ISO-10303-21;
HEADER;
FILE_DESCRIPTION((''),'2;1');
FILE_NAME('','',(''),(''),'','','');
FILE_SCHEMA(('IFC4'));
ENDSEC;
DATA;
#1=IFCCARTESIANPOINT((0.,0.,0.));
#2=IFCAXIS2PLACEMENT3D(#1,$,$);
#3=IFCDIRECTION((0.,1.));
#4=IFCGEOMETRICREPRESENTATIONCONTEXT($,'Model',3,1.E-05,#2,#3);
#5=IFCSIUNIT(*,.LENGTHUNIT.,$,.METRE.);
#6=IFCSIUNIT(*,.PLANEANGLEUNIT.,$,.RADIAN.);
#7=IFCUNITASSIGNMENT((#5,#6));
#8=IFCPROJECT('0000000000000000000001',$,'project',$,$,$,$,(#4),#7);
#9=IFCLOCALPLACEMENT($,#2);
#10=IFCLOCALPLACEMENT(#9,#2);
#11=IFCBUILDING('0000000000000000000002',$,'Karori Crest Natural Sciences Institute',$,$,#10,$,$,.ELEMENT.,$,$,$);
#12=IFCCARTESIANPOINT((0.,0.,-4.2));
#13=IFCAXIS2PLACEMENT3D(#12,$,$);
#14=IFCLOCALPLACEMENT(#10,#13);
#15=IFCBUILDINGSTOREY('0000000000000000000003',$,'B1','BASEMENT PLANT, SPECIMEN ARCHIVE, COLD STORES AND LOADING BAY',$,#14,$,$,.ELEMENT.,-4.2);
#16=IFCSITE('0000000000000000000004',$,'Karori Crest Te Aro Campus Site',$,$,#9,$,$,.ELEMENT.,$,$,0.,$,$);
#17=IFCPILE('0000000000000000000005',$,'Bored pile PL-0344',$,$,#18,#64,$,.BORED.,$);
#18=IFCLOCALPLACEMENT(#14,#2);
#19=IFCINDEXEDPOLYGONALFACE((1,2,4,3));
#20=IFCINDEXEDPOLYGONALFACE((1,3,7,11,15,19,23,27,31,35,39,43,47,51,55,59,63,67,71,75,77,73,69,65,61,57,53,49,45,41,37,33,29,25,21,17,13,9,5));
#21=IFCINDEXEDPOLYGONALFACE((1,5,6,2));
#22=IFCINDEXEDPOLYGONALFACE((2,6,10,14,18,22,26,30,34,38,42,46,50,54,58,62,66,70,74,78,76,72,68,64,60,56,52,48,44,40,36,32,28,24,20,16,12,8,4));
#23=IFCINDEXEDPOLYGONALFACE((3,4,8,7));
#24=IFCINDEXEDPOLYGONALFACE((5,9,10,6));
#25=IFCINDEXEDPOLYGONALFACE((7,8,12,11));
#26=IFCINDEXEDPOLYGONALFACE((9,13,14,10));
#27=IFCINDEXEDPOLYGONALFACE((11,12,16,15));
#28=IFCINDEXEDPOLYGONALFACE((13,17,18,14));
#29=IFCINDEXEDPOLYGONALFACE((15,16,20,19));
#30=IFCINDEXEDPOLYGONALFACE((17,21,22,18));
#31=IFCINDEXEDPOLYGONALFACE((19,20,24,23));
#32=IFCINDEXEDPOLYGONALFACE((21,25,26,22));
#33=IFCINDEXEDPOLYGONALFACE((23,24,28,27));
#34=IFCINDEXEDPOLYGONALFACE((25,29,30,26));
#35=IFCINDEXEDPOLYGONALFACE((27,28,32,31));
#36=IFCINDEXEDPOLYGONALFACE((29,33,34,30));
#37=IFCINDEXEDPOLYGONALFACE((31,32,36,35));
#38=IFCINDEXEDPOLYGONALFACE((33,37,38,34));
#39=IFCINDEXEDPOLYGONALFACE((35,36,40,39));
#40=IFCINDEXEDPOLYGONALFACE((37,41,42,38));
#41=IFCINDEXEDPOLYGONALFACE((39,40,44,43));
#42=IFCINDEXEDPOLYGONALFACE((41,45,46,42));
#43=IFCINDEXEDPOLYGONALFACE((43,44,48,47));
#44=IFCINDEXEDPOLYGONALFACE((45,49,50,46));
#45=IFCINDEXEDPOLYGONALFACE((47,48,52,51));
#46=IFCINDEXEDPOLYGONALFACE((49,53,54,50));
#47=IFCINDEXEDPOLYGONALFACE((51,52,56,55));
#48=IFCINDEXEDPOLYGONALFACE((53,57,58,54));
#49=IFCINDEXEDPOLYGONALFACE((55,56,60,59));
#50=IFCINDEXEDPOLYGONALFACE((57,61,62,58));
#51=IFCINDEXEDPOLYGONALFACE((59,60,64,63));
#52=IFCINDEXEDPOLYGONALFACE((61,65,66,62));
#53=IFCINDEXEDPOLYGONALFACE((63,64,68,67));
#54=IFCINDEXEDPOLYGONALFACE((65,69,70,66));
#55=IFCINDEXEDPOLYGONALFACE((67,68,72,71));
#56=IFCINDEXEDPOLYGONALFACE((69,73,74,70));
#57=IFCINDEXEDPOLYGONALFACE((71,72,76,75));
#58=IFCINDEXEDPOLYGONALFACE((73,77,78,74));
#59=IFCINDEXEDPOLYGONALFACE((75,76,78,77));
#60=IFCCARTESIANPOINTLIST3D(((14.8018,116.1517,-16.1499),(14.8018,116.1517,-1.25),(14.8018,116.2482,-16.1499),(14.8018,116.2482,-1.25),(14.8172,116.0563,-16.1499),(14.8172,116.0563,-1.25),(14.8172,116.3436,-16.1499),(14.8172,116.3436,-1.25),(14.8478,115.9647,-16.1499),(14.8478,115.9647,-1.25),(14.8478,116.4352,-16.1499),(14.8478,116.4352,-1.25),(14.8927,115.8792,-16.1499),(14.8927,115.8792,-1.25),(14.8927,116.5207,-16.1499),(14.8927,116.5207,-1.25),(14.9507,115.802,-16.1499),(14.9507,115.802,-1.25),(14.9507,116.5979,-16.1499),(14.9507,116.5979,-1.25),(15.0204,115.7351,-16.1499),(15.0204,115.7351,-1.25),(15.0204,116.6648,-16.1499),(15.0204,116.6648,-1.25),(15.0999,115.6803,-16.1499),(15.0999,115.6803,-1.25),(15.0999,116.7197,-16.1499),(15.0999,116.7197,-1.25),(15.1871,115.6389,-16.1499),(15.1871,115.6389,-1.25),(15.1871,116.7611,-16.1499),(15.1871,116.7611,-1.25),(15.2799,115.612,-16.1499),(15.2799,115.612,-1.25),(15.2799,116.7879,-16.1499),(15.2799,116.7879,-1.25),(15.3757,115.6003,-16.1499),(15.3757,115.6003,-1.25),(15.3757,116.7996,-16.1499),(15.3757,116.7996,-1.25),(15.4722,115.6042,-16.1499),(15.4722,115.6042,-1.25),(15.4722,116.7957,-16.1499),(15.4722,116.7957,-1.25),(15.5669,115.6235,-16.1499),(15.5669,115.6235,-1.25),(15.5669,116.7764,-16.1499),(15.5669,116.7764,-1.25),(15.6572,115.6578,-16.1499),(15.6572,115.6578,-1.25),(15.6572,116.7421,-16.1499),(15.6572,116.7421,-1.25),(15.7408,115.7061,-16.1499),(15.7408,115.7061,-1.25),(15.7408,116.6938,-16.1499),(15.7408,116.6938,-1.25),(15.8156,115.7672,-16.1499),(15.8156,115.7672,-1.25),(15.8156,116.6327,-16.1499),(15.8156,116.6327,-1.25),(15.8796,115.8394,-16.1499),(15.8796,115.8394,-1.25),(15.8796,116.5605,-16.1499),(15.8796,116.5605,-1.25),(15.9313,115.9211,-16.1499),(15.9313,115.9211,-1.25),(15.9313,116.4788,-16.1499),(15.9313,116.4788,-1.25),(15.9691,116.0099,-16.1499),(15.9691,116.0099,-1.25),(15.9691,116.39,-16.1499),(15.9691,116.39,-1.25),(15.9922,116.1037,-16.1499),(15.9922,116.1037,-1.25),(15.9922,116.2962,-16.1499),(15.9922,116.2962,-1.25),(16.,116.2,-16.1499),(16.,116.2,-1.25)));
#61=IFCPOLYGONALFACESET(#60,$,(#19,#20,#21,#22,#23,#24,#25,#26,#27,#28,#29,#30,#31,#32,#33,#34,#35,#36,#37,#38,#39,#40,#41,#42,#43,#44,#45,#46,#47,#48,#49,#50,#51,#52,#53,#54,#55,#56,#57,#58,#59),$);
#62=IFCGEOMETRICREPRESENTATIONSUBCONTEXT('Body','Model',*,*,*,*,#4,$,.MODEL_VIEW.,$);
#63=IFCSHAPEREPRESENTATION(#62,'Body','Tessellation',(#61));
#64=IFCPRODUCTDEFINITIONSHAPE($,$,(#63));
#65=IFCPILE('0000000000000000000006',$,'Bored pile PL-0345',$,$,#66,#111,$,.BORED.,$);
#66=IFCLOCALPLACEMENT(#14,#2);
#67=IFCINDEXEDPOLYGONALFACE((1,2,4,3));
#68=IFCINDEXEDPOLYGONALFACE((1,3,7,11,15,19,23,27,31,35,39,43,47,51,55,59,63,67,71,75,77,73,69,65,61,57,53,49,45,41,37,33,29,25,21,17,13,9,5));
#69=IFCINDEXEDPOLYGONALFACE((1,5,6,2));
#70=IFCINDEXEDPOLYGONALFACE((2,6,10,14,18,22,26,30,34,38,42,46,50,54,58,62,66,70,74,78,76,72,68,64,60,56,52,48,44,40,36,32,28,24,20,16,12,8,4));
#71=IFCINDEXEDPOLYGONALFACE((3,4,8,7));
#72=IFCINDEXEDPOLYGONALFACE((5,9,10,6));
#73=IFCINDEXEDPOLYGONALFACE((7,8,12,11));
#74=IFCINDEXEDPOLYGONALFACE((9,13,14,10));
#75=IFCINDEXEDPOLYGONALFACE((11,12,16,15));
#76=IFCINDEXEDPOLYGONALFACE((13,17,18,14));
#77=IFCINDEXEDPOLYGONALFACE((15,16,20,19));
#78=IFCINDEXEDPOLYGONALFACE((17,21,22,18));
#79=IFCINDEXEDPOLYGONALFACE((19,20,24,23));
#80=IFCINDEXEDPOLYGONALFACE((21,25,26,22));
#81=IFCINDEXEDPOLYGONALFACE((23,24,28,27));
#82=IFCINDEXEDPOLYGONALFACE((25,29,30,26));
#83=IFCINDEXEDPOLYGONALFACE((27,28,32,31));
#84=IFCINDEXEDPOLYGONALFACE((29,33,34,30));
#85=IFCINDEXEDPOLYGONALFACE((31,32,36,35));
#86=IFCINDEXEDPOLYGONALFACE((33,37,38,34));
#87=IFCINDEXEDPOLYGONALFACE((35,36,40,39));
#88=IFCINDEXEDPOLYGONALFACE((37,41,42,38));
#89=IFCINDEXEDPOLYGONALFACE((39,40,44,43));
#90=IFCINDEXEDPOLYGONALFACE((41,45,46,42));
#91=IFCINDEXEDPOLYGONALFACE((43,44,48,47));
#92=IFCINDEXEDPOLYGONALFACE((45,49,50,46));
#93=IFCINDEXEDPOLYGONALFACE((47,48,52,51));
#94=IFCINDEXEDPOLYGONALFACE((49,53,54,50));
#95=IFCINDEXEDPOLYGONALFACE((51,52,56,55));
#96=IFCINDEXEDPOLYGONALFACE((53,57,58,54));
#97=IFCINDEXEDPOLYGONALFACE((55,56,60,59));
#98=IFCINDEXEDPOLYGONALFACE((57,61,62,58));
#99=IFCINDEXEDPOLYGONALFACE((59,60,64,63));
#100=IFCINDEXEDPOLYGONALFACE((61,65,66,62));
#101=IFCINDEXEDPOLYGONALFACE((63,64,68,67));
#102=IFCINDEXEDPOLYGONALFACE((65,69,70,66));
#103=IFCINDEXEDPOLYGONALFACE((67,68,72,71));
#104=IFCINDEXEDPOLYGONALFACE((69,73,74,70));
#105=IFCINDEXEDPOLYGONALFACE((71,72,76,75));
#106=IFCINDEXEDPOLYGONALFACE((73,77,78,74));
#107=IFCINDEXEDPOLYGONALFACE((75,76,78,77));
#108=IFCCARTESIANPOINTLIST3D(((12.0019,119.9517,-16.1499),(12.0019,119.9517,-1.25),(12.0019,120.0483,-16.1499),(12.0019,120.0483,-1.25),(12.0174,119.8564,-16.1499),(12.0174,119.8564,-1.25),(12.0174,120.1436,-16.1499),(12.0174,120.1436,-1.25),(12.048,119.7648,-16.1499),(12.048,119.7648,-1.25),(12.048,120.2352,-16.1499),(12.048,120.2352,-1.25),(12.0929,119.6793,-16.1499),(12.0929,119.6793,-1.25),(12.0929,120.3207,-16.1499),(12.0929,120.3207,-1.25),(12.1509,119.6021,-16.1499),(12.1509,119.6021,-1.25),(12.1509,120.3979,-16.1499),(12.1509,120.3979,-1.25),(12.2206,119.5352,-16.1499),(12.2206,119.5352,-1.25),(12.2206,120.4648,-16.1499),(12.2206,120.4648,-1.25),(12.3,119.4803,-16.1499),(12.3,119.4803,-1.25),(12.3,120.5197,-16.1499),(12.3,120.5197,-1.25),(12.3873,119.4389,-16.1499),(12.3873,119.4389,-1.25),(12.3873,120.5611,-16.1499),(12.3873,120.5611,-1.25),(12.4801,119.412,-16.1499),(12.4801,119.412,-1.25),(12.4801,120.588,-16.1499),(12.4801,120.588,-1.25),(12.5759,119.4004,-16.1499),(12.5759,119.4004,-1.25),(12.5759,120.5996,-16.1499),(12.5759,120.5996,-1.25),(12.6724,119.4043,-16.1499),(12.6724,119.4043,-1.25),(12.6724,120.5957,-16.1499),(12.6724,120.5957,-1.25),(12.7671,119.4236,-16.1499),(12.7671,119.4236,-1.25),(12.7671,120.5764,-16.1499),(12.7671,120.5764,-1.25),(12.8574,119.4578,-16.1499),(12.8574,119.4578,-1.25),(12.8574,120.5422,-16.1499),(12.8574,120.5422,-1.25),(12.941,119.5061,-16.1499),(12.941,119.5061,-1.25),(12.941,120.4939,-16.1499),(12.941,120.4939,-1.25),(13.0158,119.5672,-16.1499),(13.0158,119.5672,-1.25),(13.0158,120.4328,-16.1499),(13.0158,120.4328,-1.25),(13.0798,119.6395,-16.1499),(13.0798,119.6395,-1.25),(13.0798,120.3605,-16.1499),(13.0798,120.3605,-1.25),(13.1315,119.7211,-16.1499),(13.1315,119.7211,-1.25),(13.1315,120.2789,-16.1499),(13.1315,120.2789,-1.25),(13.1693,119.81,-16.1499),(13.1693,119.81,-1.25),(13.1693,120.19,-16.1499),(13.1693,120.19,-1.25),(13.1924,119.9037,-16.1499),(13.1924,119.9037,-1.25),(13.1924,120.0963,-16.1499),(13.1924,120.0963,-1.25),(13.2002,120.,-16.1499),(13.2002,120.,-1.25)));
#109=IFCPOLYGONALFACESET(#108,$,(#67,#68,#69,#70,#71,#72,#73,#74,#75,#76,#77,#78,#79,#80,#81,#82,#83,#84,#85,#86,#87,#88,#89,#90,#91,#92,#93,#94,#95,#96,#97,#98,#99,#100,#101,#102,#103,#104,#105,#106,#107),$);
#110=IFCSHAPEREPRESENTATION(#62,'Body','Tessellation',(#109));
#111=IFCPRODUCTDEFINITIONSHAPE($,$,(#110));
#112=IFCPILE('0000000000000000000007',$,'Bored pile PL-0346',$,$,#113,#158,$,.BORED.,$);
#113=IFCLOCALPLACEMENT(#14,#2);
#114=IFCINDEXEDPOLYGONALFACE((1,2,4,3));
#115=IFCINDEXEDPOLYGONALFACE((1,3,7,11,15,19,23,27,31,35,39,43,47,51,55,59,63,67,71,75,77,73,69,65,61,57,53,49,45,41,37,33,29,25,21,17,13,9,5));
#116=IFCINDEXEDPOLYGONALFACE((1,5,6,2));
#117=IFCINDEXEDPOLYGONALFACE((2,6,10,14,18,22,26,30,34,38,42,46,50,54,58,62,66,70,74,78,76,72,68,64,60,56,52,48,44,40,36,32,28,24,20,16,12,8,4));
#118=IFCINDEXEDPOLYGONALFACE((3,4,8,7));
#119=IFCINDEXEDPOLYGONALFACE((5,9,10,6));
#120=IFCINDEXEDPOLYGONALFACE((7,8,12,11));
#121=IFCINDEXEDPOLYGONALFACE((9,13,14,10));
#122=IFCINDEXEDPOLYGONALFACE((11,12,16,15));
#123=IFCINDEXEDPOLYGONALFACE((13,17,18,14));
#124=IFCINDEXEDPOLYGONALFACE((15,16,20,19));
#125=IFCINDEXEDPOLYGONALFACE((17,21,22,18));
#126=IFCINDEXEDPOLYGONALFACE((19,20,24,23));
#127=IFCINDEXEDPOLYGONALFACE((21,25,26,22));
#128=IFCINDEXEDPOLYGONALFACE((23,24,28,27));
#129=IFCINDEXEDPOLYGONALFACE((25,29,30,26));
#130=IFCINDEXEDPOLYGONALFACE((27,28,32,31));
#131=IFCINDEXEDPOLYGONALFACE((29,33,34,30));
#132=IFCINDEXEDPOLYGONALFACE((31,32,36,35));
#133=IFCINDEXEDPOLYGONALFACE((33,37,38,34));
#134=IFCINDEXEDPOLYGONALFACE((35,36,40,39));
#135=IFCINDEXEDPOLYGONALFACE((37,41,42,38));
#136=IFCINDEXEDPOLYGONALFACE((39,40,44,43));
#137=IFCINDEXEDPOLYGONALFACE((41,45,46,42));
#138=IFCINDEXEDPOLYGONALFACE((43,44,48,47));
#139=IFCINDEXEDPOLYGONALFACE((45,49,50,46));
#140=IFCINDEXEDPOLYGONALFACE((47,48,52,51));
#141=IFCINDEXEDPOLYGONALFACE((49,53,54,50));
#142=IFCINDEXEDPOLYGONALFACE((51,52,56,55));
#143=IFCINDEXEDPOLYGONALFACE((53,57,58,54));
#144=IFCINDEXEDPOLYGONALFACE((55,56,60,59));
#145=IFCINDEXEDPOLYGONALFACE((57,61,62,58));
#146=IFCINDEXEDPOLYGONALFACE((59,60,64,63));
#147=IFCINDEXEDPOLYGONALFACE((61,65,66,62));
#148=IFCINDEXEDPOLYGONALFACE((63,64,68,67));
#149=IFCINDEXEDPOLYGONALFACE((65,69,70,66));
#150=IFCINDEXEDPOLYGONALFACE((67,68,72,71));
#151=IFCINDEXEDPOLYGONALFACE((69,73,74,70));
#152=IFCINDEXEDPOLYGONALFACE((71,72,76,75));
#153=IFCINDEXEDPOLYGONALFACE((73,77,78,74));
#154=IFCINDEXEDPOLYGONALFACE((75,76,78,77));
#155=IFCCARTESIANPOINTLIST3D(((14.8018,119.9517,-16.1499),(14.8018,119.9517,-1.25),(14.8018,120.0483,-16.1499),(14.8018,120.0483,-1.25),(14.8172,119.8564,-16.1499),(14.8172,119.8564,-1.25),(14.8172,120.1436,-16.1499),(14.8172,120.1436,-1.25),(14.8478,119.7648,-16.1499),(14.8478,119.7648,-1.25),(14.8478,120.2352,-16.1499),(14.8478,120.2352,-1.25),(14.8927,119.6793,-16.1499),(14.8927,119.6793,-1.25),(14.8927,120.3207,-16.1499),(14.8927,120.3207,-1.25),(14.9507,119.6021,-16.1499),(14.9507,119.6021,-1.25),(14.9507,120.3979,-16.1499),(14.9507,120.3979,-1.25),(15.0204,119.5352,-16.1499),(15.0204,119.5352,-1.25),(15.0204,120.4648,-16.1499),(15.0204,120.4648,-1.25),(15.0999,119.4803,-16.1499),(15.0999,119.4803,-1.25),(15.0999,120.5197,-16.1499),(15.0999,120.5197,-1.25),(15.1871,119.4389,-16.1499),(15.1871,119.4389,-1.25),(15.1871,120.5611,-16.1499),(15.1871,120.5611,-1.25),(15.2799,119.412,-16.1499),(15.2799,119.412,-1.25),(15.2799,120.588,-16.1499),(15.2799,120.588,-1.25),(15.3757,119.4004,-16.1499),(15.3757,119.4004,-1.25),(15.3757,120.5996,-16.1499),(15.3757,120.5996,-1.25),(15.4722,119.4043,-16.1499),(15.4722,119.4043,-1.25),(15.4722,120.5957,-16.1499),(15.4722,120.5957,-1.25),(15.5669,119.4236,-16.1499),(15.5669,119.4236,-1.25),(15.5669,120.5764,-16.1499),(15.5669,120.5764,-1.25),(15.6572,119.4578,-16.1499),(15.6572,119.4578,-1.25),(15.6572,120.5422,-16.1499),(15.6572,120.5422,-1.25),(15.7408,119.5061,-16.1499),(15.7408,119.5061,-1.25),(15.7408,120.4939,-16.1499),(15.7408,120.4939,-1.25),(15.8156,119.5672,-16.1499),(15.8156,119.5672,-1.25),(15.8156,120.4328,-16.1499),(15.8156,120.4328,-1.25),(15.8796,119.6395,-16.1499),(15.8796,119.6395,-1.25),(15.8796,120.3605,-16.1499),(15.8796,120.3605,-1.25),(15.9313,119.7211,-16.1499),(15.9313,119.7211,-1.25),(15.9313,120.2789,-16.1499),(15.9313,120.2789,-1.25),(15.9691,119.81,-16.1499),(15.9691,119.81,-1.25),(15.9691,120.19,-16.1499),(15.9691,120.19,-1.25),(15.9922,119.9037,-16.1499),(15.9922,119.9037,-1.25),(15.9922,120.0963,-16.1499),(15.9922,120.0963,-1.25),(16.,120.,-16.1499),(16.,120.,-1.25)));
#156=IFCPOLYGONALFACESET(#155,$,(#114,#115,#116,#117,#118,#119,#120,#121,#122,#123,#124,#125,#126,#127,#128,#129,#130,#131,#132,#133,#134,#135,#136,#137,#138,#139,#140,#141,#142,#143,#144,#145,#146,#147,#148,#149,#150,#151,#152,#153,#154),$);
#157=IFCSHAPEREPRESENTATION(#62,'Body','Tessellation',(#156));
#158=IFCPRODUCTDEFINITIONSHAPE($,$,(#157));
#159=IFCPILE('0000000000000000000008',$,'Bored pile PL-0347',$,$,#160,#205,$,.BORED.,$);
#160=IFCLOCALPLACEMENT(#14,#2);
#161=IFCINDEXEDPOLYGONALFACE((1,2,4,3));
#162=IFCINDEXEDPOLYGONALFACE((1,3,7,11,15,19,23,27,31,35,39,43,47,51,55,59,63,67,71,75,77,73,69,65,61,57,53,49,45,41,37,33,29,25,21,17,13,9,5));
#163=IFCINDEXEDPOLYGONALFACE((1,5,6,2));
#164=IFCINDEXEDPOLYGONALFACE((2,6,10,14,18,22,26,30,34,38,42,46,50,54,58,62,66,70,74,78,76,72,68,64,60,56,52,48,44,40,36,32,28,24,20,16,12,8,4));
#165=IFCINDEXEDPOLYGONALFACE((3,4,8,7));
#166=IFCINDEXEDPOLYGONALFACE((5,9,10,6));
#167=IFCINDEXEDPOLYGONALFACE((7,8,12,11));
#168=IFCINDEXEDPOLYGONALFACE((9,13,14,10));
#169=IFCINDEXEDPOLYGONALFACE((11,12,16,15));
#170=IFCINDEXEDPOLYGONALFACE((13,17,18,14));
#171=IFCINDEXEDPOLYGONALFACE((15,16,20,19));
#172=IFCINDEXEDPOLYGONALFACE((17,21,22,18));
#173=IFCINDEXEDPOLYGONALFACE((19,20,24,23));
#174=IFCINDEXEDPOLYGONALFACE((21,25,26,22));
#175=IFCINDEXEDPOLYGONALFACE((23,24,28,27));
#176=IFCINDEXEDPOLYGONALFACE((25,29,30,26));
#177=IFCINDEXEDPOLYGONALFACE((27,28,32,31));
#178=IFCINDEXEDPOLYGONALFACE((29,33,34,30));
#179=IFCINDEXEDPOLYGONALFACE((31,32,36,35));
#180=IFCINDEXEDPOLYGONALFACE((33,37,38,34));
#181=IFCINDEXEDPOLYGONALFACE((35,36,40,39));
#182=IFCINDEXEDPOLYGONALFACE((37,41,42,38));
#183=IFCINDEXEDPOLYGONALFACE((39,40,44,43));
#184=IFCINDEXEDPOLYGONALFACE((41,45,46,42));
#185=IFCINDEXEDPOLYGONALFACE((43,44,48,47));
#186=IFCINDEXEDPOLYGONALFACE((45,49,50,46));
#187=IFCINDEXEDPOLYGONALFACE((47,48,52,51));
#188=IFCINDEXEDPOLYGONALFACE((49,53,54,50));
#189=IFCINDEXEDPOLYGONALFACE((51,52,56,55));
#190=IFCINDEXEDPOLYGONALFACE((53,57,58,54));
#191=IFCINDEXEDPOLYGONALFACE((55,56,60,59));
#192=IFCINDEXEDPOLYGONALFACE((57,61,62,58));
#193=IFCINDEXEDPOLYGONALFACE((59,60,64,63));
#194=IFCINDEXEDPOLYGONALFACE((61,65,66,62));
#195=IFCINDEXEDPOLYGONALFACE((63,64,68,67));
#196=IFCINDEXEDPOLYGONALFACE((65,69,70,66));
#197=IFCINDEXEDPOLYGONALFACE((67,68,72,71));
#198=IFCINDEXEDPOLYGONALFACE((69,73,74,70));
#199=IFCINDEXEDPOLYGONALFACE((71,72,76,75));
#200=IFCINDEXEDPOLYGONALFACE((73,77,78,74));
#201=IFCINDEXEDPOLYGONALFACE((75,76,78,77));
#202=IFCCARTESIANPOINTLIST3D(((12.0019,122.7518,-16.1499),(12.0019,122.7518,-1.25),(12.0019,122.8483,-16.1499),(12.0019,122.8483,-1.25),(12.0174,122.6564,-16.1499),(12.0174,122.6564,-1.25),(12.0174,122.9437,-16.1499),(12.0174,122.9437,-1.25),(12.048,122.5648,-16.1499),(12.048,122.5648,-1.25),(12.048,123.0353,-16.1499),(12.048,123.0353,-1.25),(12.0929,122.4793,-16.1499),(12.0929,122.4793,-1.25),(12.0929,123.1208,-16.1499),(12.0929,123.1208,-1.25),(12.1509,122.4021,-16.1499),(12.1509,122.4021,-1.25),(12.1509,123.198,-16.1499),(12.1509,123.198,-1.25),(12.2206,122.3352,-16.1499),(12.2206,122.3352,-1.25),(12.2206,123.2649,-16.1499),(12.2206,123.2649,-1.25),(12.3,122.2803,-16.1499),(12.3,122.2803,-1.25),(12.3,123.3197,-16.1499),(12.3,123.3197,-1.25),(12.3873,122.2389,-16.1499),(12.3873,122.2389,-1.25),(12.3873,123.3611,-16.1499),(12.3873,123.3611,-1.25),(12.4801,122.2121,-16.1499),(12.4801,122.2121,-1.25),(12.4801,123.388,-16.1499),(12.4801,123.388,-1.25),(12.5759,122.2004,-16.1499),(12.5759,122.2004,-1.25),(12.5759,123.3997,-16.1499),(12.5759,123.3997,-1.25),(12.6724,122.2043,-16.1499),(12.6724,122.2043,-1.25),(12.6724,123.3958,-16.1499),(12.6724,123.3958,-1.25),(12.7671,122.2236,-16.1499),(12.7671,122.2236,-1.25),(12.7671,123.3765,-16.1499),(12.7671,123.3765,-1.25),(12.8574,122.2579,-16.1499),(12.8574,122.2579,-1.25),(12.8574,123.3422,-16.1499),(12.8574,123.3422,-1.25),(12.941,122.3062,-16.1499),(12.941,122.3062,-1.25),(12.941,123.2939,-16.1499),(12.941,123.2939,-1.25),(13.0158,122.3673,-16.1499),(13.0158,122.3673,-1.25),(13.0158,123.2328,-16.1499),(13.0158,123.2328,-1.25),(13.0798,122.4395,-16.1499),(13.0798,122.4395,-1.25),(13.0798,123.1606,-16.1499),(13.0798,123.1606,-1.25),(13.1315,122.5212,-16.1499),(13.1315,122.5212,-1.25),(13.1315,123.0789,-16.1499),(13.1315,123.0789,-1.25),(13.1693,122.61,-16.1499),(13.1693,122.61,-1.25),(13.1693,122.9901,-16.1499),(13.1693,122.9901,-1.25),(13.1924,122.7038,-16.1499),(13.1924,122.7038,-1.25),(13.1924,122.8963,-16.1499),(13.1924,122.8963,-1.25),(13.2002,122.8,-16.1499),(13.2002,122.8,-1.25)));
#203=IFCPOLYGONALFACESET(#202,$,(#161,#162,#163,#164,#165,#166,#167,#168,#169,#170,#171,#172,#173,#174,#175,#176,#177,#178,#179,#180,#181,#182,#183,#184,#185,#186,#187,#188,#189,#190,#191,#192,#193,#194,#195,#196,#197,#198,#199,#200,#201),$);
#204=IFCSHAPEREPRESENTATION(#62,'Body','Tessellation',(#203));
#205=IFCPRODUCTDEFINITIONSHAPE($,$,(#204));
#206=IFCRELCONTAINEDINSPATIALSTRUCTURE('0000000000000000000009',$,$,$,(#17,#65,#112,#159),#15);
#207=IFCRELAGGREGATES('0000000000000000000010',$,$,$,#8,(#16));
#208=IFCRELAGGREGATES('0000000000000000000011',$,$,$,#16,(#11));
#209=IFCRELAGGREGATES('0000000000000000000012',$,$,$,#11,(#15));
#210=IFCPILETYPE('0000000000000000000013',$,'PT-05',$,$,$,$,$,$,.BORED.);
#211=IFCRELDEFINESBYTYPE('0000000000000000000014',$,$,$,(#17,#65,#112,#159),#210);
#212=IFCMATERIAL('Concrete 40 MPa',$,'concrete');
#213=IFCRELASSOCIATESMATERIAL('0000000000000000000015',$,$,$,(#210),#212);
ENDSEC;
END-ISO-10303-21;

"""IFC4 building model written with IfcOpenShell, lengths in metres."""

from ifc_helpers import new_model, si_unit, direction, frame, origin, origin_2d, place, context, subcontext, project, spatial, circle, extrude, material, material_profile, profile_set, type_object, element, save


model = new_model("IFC4")

# Units and contexts
model_context = context("Model", 3, precision=1e-05, world=origin(), true_north=direction((0.0, 1.0)))
body_context = subcontext(model_context, "Body", "Model", "MODEL_VIEW")
ifc_project = project(units=[si_unit("LENGTHUNIT", "METRE"), si_unit("PLANEANGLEUNIT", "RADIAN")], contexts=[model_context])

# Site, building, storey
site_placement = place(None, origin())
site = spatial("IfcSite", under=ifc_project, at=site_placement, Name="Karori Crest Te Aro Campus Site", CompositionType="ELEMENT", RefElevation=0.0)
building_placement = place(site_placement, origin())
building = spatial("IfcBuilding", under=site, at=building_placement, Name="Karori Crest Natural Sciences Institute", CompositionType="ELEMENT")
storey_placement = place(building_placement, frame((0.0, 0.0, -4.2)))
storey = spatial("IfcBuildingStorey", under=building, at=storey_placement, Name="B1", Description="BASEMENT PLANT, SPECIMEN ARCHIVE, COLD STORES AND LOADING BAY", CompositionType="ELEMENT", Elevation=-4.2)

# Shared definitions
ifc_material_1 = material(Name="Concrete 40 MPa", Category="concrete")

# Piles
ifc_material_profile_1 = material_profile(ifc_material_1, circle(Radius=0.6001, at=origin_2d()), Name="PILE1200")
ifc_profile_set_1 = profile_set([ifc_material_profile_1], Name="Concrete 40 MPa")
pile_type = type_object("IfcPileType", Name="PT-05", PredefinedType="BORED", material=ifc_profile_set_1)
for number, where, z_axis, x_axis, name in (
    (1, (15.3999, 116.2, -1.25), (0.0, 0.0, -1.0), (1.0, 0.0, 0.0), "Bored pile PL-0344"),
    (2, (12.6001, 120.0, -1.25), (0.0, 0.0, -1.0), (1.0, 0.0, 0.0), "Bored pile PL-0345"),
    (3, (15.3999, 120.0, -1.25), (0.0, 0.0, -1.0), (1.0, 0.0, 0.0), "Bored pile PL-0346"),
    (4, (12.6001, 122.8, -1.25), (0.0, 0.0, -1.0), (1.0, 0.0, 0.0), "Bored pile PL-0347"),
):
    element("IfcPile", number, at=place(storey_placement, frame(where, z_axis=z_axis, x_axis=x_axis)), inside=storey, type_object=pile_type, Name=name, PredefinedType="BORED", context=body_context, shape_type="SweptSolid", body=[
        extrude(circle(Radius=0.6001, at=origin_2d()), origin(), (0.0, 0.0, 1.0), 14.8999),
    ])

save(model, "model.ifc")
